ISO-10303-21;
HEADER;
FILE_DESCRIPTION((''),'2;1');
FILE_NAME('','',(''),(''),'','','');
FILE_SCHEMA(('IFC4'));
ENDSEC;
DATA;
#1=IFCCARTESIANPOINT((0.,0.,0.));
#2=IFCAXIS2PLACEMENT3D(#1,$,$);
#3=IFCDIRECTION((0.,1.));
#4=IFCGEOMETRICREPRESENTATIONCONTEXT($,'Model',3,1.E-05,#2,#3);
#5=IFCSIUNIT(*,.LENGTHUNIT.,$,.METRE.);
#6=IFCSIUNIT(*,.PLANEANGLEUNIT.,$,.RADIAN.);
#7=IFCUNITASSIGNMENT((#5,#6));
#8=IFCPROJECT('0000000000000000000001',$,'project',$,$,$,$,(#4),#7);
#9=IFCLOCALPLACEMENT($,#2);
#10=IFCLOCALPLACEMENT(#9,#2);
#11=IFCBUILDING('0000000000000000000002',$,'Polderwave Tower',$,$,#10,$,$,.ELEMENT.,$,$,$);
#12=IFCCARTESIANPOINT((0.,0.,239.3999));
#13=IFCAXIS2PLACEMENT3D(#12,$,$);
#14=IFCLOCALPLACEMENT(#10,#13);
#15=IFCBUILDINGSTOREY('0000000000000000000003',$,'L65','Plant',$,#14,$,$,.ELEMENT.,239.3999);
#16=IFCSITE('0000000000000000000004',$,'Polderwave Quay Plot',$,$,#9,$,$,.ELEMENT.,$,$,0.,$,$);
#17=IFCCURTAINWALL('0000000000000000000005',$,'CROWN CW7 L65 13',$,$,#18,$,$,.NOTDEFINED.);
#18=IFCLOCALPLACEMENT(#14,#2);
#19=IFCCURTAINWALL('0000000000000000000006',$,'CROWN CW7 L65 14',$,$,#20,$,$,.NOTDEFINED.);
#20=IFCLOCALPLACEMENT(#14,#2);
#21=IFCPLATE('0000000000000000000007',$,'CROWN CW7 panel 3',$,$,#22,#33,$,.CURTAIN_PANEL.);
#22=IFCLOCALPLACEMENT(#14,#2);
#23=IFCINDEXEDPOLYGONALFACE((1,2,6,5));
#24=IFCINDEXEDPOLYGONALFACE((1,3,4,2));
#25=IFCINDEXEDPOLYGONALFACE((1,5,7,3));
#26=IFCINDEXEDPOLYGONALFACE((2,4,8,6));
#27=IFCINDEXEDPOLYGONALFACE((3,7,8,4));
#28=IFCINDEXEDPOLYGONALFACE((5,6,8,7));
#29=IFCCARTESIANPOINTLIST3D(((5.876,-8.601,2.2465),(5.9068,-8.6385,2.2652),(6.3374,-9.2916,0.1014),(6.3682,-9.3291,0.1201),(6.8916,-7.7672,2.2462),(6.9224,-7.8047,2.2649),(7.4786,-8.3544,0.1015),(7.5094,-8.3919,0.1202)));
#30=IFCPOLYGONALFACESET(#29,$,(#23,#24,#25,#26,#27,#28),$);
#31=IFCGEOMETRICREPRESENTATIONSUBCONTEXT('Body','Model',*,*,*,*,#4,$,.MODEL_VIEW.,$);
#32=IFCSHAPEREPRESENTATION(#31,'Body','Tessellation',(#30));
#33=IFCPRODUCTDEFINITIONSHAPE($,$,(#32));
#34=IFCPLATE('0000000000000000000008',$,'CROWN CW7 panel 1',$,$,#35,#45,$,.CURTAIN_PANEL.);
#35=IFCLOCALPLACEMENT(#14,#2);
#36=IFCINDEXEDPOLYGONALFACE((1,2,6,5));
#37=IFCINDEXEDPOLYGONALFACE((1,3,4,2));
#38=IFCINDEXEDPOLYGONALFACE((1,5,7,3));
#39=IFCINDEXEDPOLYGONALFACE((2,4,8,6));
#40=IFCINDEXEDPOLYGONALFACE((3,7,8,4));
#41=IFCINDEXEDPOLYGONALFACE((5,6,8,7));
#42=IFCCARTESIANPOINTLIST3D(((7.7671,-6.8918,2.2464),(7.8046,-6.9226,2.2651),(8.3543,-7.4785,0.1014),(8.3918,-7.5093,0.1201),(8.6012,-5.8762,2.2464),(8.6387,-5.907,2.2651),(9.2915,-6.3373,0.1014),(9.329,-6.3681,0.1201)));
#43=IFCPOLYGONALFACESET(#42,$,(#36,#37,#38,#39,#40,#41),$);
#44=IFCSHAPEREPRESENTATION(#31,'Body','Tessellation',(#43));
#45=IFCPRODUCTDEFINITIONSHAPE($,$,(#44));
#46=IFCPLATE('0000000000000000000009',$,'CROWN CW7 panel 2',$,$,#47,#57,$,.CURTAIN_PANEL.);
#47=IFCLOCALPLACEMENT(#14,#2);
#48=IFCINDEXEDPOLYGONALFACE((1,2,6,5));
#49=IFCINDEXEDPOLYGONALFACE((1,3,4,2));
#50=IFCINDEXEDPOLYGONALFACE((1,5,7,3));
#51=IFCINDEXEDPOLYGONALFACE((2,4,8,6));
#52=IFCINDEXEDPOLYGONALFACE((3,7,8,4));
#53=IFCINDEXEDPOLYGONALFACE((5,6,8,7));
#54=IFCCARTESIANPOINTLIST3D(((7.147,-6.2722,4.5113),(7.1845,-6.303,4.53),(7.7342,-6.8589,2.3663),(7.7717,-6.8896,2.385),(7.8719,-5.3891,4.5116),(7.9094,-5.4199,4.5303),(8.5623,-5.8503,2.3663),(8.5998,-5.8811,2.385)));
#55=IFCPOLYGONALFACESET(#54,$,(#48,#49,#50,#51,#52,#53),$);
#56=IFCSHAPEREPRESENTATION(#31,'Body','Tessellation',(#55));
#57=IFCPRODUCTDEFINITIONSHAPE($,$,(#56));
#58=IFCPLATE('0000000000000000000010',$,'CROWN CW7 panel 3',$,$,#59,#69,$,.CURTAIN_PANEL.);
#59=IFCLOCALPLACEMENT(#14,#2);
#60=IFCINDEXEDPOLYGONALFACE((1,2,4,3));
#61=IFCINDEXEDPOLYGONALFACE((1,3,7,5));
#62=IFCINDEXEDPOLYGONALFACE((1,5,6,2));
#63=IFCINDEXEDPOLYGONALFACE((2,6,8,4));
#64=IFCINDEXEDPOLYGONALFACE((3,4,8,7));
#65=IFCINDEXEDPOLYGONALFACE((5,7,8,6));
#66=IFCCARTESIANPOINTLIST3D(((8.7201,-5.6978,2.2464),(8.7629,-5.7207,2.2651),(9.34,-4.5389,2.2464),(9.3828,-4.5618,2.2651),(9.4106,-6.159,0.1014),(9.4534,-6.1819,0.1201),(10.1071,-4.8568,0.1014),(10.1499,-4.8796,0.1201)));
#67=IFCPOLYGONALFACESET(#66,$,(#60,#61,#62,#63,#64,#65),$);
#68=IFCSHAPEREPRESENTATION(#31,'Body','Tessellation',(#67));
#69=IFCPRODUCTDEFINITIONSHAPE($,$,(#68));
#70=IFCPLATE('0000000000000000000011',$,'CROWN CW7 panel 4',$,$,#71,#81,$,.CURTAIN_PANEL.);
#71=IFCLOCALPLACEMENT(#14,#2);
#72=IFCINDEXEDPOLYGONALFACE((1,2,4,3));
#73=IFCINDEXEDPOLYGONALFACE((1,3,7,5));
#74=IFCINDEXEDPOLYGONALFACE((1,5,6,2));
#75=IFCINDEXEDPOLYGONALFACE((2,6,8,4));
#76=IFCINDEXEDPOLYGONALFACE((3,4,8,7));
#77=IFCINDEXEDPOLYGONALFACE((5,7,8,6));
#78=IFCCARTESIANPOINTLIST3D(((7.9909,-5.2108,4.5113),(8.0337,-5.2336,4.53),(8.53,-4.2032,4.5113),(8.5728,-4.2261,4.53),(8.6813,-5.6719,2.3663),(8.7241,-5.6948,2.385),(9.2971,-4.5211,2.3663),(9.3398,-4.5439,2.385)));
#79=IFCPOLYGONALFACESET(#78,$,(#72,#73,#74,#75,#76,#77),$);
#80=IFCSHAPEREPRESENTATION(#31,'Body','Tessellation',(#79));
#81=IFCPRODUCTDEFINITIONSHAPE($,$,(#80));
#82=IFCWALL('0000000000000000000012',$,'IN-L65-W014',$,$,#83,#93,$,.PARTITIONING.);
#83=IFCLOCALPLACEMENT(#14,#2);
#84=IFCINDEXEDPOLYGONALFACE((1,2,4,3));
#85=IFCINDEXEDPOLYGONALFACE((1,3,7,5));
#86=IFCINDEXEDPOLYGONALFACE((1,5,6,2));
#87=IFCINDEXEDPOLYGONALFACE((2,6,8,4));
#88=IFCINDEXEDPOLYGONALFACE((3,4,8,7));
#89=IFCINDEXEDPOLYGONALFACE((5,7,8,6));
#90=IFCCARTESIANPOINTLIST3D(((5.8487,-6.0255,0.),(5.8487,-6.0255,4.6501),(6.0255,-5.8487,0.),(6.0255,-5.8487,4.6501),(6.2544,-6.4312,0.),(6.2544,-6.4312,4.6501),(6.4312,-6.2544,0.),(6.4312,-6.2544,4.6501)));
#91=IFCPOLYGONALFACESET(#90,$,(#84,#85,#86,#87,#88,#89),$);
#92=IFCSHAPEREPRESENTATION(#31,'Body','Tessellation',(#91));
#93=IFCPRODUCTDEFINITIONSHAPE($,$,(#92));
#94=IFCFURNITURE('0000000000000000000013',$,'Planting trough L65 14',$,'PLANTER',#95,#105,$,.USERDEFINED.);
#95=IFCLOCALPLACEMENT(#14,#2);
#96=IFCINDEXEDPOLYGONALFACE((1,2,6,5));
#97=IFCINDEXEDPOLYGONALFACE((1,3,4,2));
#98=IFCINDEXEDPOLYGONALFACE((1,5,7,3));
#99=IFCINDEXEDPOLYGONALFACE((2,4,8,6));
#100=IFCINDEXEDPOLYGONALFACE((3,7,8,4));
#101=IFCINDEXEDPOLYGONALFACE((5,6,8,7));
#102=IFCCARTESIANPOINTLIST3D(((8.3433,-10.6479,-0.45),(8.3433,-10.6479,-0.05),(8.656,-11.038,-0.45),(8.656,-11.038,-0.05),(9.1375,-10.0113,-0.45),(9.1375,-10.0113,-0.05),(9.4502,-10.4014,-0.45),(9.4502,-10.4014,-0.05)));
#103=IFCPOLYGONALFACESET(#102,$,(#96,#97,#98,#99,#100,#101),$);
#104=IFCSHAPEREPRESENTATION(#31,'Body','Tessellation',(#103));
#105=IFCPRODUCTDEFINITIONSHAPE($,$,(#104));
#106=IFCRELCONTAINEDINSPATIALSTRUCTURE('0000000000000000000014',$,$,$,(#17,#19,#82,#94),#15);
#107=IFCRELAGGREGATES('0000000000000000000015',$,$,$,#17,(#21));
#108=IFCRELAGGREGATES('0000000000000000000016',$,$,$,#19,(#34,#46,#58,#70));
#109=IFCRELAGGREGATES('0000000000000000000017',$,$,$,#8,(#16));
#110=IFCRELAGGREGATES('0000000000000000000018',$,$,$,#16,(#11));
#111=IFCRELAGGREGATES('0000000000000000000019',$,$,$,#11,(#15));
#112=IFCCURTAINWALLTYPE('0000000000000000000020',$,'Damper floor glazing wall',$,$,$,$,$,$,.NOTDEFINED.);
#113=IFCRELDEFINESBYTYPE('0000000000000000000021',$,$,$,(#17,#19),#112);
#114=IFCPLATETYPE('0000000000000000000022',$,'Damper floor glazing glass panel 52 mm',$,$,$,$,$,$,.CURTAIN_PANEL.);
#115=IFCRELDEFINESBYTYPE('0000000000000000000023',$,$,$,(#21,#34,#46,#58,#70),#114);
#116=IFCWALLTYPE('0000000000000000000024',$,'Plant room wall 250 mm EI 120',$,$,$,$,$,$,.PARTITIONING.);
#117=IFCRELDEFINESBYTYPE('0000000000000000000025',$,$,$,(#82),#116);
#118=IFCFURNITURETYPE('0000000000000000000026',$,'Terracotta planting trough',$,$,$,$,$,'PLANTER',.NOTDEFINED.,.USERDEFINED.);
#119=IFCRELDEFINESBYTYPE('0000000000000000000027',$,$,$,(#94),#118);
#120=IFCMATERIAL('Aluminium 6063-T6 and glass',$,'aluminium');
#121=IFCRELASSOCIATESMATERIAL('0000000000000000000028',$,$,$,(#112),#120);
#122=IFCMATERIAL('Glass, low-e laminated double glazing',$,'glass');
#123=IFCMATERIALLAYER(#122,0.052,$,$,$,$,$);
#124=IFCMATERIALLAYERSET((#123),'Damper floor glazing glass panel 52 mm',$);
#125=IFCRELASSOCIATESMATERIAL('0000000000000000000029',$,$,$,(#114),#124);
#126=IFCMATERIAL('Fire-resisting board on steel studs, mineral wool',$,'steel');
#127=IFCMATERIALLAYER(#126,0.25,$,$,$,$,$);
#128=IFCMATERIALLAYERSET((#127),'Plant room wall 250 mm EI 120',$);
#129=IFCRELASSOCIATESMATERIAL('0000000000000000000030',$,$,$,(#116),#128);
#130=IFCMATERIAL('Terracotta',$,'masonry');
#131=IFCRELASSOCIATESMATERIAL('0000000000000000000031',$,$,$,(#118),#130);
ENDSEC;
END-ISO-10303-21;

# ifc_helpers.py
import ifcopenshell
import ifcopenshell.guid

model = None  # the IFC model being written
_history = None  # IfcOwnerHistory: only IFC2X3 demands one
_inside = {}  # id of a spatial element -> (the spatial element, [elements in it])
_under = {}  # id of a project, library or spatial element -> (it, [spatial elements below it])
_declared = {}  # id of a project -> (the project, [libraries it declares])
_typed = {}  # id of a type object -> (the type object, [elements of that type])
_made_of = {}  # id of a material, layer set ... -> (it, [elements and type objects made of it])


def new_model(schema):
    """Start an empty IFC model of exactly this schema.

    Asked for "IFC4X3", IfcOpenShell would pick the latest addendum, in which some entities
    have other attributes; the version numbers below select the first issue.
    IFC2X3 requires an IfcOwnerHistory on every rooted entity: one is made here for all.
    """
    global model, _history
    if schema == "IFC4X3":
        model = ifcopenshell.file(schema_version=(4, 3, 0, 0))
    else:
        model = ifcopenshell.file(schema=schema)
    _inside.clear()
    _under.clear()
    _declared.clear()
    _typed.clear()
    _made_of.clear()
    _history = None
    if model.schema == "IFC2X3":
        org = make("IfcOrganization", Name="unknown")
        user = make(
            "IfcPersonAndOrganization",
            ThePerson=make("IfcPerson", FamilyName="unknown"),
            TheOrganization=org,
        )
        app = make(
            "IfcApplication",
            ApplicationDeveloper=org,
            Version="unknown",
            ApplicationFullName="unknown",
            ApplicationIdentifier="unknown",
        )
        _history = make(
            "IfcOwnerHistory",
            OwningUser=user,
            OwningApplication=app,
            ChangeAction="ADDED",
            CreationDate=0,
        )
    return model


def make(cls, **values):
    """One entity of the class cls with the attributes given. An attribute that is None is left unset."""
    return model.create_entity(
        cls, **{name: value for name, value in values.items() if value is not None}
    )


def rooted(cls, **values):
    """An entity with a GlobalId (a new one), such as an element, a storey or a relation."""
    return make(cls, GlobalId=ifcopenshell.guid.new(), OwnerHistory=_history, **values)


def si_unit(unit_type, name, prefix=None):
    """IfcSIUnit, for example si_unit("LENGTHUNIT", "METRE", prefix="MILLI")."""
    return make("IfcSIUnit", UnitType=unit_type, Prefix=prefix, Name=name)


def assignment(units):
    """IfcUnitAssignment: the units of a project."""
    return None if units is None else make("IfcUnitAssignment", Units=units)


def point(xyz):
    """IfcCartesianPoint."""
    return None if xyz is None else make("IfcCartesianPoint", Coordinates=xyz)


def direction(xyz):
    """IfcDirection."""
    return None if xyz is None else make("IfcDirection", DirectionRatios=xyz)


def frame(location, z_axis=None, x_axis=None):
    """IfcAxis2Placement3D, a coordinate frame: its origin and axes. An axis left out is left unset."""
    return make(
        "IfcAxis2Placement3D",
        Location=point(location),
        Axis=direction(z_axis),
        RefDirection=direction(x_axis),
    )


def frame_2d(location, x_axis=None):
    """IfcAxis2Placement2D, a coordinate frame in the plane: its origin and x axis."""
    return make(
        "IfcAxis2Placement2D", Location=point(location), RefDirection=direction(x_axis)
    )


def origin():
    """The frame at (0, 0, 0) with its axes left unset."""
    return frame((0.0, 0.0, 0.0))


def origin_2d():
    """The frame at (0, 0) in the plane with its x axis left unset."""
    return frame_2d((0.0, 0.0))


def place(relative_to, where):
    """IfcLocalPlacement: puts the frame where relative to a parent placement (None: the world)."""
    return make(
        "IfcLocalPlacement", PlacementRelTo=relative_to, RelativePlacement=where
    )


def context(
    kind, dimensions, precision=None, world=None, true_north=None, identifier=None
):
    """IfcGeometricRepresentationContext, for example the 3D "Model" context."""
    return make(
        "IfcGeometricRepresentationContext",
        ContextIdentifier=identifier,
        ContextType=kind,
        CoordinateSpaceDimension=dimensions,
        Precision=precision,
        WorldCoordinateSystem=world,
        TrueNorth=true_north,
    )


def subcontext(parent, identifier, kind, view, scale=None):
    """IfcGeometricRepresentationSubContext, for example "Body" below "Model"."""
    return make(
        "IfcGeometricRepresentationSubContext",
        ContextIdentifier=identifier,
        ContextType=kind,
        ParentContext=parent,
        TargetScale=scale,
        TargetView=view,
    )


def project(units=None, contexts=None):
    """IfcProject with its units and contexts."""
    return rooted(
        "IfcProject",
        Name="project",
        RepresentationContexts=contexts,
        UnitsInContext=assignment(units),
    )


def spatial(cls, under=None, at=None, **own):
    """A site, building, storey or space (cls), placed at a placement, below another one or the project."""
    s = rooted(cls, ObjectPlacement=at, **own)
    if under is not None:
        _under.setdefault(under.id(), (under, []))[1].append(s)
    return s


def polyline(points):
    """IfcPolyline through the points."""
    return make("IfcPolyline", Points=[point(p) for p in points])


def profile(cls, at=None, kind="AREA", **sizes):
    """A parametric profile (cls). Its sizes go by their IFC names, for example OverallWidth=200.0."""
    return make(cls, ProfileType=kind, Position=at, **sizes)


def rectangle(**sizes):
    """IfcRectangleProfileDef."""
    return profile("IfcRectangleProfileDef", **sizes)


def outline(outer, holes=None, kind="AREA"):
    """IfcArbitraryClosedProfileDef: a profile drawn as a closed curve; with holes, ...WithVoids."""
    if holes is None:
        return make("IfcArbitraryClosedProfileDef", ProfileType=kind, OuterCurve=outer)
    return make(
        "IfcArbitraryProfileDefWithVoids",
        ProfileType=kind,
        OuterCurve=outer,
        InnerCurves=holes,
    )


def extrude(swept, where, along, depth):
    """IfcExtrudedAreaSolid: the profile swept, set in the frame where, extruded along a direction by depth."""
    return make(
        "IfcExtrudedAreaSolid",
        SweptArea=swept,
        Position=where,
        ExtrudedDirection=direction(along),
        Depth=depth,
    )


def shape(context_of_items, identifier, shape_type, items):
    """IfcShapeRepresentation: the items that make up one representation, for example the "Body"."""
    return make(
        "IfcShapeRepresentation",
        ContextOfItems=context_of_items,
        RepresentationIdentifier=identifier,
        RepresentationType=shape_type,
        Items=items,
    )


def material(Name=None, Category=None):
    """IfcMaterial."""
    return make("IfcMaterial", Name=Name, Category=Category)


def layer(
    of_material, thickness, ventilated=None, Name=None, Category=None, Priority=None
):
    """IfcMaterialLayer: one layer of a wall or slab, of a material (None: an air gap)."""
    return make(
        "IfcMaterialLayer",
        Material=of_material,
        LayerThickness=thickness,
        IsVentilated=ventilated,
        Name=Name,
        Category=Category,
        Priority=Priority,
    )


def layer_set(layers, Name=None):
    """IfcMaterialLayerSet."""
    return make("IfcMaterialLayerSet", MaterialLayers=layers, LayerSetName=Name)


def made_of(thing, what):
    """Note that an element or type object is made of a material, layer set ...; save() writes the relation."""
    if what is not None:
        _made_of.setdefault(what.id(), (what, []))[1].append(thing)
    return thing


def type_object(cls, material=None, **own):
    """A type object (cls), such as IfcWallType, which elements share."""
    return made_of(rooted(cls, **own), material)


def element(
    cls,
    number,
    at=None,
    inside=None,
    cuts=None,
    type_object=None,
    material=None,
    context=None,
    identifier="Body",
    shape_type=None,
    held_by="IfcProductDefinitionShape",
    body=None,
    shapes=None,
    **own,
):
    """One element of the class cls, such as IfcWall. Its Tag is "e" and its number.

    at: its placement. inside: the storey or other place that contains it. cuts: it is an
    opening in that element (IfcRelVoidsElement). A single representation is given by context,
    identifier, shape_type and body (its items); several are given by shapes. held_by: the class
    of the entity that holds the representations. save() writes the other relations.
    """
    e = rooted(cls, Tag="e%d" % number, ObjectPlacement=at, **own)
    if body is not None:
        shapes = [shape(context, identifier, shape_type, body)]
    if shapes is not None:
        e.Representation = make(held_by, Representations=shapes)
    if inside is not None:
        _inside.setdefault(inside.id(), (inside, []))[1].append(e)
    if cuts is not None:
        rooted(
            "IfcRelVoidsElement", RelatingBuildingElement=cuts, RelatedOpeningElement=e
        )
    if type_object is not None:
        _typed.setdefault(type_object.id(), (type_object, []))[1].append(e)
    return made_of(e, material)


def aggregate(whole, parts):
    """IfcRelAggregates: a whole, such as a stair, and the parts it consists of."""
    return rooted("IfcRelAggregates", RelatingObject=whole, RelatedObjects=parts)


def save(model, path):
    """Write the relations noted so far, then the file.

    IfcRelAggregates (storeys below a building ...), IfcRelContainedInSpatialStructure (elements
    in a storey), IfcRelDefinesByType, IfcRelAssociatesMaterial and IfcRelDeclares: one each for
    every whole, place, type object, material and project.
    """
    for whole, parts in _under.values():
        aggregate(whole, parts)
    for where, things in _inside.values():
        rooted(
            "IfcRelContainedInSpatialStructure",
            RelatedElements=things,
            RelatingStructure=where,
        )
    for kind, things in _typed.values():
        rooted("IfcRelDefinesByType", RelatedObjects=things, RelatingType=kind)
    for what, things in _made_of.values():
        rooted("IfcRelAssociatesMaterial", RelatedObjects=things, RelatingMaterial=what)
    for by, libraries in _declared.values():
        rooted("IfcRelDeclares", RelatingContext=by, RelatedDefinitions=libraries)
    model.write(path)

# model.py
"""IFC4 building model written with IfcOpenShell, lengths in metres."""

from ifc_helpers import new_model, si_unit, direction, frame, frame_2d, origin, origin_2d, place, context, subcontext, project, spatial, polyline, rectangle, outline, extrude, material, layer, layer_set, type_object, element, aggregate, save


model = new_model("IFC4")

# Units and contexts
model_context = context("Model", 3, precision=1e-05, world=origin(), true_north=direction((0.0, 1.0)))
body_context = subcontext(model_context, "Body", "Model", "MODEL_VIEW")
ifc_project = project(units=[si_unit("LENGTHUNIT", "METRE"), si_unit("PLANEANGLEUNIT", "RADIAN")], contexts=[model_context])

# Site, building, storey
site_placement = place(None, origin())
site = spatial("IfcSite", under=ifc_project, at=site_placement, Name="Polderwave Quay Plot", CompositionType="ELEMENT", RefElevation=0.0)
building_placement = place(site_placement, origin())
building = spatial("IfcBuilding", under=site, at=building_placement, Name="Polderwave Tower", CompositionType="ELEMENT")
storey_placement = place(building_placement, frame((0.0, 0.0, 239.3999)))
storey = spatial("IfcBuildingStorey", under=building, at=storey_placement, Name="L65", Description="Plant", CompositionType="ELEMENT", Elevation=239.3999)

# Curtain walls
ifc_material_1 = material(Name="Aluminium 6063-T6 and glass", Category="aluminium")
curtain_wall_type = type_object("IfcCurtainWallType", Name="Damper floor glazing wall", PredefinedType="NOTDEFINED", material=ifc_material_1)
curtain_wall_1_placement = place(storey_placement, origin())
curtain_wall_1 = element("IfcCurtainWall", 1, at=curtain_wall_1_placement, inside=storey, type_object=curtain_wall_type, Name="CROWN CW7 L65 13", PredefinedType="NOTDEFINED")
curtain_wall_2_placement = place(storey_placement, origin())
curtain_wall_2 = element("IfcCurtainWall", 2, at=curtain_wall_2_placement, inside=storey, type_object=curtain_wall_type, Name="CROWN CW7 L65 14", PredefinedType="NOTDEFINED")

# Plates
ifc_material_2 = material(Name="Glass, low-e laminated double glazing", Category="glass")
ifc_layer_1 = layer(ifc_material_2, 0.052)
ifc_layer_set_1 = layer_set([ifc_layer_1], Name="Damper floor glazing glass panel 52 mm")
plate_type = type_object("IfcPlateType", Name="Damper floor glazing glass panel 52 mm", PredefinedType="CURTAIN_PANEL", material=ifc_layer_set_1)
plate_1_placement = place(storey_placement, frame((6.3682, -9.3291, 0.1201), z_axis=(0.592199, -0.721136, 0.359532), x_axis=(0.772805, 0.634644, 0.00003)))
plate_1 = element("IfcPlate", 3, at=plate_1_placement, type_object=plate_type, Name="CROWN CW7 panel 3", PredefinedType="CURTAIN_PANEL", context=body_context, shape_type="SweptSolid", body=[
    extrude(outline(polyline([(0.0, 0.0), (1.4767, 0.0), (1.3958, 2.2984), (0.0818, 2.2988), (0.0, 0.0)])), origin(), (0.0, 0.0, -1.0), 0.052),
])
aggregate(curtain_wall_1, [plate_1])
plate_2_placement = place(storey_placement, frame((8.3918, -7.5093, 0.1201), z_axis=(0.72115, -0.592251, 0.359419), x_axis=(0.634667, 0.772786, -0.000019)))
plate_2 = element("IfcPlate", 4, at=plate_2_placement, type_object=plate_type, Name="CROWN CW7 panel 1", PredefinedType="CURTAIN_PANEL", context=body_context, shape_type="SweptSolid", body=[
    extrude(outline(polyline([(0.0, 0.0), (1.4767, 0.0), (1.3948, 2.2987), (0.0807, 2.2986), (0.0, 0.0)])), origin(), (0.0, 0.0, -1.0), 0.052),
])
plate_3_placement = place(storey_placement, frame((7.7717, -6.8896, 2.385), z_axis=(0.721229, -0.592165, 0.359402), x_axis=(0.634568, 0.772867, -0.000012)))
plate_3 = element("IfcPlate", 5, at=plate_3_placement, type_object=plate_type, Name="CROWN CW7 panel 2", PredefinedType="CURTAIN_PANEL", context=body_context, shape_type="SweptSolid", body=[
    extrude(outline(polyline([(0.0, 0.0), (1.305, 0.0), (1.2233, 2.2989), (0.0808, 2.2986), (0.0, 0.0)])), origin(), (0.0, 0.0, -1.0), 0.052),
])
plate_4_placement = place(storey_placement, frame((9.4534, -6.1819, 0.1201), z_axis=(0.822845, -0.440113, 0.35948), x_axis=(0.471641, 0.88179, -0.000001)))
plate_4 = element("IfcPlate", 6, at=plate_4_placement, type_object=plate_type, Name="CROWN CW7 panel 3", PredefinedType="CURTAIN_PANEL", context=body_context, shape_type="SweptSolid", body=[
    extrude(outline(polyline([(0.0, 0.0), (1.4768, 0.0), (1.3953, 2.2987), (0.081, 2.2987), (0.0, 0.0)])), origin(), (0.0, 0.0, -1.0), 0.052),
])
plate_5_placement = place(storey_placement, frame((8.7241, -5.6948, 2.385), z_axis=(0.822797, -0.440203, 0.35948), x_axis=(0.471737, 0.88174, 0.000001)))
plate_5 = element("IfcPlate", 7, at=plate_5_placement, type_object=plate_type, Name="CROWN CW7 panel 4", PredefinedType="CURTAIN_PANEL", context=body_context, shape_type="SweptSolid", body=[
    extrude(outline(polyline([(0.0, 0.0), (1.3052, 0.0), (1.2237, 2.2987), (0.0809, 2.2987), (0.0, 0.0)])), origin(), (0.0, 0.0, -1.0), 0.052),
])
aggregate(curtain_wall_2, [plate_2, plate_3, plate_4, plate_5])

# Wall
ifc_material_3 = material(Name="Fire-resisting board on steel studs, mineral wool", Category="steel")
ifc_layer_2 = layer(ifc_material_3, 0.25)
ifc_layer_set_2 = layer_set([ifc_layer_2], Name="Plant room wall 250 mm EI 120")
wall_type = type_object("IfcWallType", Name="Plant room wall 250 mm EI 120", PredefinedType="PARTITIONING", material=ifc_layer_set_2)
wall_placement = place(storey_placement, frame((6.3428, -6.3428, 0.0), z_axis=(0.0, 0.0, 1.0), x_axis=(-0.707107, 0.707107, 0.0)))
element("IfcWall", 8, at=wall_placement, inside=storey, type_object=wall_type, Name="IN-L65-W014", PredefinedType="PARTITIONING", context=body_context, shape_type="SweptSolid", body=[
    extrude(rectangle(XDim=0.5737, YDim=0.25, at=frame_2d((0.2869, 0.0))), origin(), (0.0, 0.0, 1.0), 4.6501),
])

# Furniture
ifc_material_4 = material(Name="Terracotta", Category="masonry")
furniture_type = type_object("IfcFurnitureType", Name="Terracotta planting trough", ElementType="PLANTER", AssemblyPlace="NOTDEFINED", PredefinedType="USERDEFINED", material=ifc_material_4)
furniture_placement = place(storey_placement, frame((8.8967, -10.5247, -0.45), z_axis=(0.0, 0.0, 1.0), x_axis=(0.780275, 0.625436, 0.0)))
element("IfcFurniture", 9, at=furniture_placement, inside=storey, type_object=furniture_type, Name="Planting trough L65 14", ObjectType="PLANTER", PredefinedType="USERDEFINED", context=body_context, shape_type="SweptSolid", body=[
    extrude(rectangle(XDim=1.0178, YDim=0.5, at=origin_2d()), origin(), (0.0, 0.0, 1.0), 0.3999),
])

save(model, "model.ifc")
